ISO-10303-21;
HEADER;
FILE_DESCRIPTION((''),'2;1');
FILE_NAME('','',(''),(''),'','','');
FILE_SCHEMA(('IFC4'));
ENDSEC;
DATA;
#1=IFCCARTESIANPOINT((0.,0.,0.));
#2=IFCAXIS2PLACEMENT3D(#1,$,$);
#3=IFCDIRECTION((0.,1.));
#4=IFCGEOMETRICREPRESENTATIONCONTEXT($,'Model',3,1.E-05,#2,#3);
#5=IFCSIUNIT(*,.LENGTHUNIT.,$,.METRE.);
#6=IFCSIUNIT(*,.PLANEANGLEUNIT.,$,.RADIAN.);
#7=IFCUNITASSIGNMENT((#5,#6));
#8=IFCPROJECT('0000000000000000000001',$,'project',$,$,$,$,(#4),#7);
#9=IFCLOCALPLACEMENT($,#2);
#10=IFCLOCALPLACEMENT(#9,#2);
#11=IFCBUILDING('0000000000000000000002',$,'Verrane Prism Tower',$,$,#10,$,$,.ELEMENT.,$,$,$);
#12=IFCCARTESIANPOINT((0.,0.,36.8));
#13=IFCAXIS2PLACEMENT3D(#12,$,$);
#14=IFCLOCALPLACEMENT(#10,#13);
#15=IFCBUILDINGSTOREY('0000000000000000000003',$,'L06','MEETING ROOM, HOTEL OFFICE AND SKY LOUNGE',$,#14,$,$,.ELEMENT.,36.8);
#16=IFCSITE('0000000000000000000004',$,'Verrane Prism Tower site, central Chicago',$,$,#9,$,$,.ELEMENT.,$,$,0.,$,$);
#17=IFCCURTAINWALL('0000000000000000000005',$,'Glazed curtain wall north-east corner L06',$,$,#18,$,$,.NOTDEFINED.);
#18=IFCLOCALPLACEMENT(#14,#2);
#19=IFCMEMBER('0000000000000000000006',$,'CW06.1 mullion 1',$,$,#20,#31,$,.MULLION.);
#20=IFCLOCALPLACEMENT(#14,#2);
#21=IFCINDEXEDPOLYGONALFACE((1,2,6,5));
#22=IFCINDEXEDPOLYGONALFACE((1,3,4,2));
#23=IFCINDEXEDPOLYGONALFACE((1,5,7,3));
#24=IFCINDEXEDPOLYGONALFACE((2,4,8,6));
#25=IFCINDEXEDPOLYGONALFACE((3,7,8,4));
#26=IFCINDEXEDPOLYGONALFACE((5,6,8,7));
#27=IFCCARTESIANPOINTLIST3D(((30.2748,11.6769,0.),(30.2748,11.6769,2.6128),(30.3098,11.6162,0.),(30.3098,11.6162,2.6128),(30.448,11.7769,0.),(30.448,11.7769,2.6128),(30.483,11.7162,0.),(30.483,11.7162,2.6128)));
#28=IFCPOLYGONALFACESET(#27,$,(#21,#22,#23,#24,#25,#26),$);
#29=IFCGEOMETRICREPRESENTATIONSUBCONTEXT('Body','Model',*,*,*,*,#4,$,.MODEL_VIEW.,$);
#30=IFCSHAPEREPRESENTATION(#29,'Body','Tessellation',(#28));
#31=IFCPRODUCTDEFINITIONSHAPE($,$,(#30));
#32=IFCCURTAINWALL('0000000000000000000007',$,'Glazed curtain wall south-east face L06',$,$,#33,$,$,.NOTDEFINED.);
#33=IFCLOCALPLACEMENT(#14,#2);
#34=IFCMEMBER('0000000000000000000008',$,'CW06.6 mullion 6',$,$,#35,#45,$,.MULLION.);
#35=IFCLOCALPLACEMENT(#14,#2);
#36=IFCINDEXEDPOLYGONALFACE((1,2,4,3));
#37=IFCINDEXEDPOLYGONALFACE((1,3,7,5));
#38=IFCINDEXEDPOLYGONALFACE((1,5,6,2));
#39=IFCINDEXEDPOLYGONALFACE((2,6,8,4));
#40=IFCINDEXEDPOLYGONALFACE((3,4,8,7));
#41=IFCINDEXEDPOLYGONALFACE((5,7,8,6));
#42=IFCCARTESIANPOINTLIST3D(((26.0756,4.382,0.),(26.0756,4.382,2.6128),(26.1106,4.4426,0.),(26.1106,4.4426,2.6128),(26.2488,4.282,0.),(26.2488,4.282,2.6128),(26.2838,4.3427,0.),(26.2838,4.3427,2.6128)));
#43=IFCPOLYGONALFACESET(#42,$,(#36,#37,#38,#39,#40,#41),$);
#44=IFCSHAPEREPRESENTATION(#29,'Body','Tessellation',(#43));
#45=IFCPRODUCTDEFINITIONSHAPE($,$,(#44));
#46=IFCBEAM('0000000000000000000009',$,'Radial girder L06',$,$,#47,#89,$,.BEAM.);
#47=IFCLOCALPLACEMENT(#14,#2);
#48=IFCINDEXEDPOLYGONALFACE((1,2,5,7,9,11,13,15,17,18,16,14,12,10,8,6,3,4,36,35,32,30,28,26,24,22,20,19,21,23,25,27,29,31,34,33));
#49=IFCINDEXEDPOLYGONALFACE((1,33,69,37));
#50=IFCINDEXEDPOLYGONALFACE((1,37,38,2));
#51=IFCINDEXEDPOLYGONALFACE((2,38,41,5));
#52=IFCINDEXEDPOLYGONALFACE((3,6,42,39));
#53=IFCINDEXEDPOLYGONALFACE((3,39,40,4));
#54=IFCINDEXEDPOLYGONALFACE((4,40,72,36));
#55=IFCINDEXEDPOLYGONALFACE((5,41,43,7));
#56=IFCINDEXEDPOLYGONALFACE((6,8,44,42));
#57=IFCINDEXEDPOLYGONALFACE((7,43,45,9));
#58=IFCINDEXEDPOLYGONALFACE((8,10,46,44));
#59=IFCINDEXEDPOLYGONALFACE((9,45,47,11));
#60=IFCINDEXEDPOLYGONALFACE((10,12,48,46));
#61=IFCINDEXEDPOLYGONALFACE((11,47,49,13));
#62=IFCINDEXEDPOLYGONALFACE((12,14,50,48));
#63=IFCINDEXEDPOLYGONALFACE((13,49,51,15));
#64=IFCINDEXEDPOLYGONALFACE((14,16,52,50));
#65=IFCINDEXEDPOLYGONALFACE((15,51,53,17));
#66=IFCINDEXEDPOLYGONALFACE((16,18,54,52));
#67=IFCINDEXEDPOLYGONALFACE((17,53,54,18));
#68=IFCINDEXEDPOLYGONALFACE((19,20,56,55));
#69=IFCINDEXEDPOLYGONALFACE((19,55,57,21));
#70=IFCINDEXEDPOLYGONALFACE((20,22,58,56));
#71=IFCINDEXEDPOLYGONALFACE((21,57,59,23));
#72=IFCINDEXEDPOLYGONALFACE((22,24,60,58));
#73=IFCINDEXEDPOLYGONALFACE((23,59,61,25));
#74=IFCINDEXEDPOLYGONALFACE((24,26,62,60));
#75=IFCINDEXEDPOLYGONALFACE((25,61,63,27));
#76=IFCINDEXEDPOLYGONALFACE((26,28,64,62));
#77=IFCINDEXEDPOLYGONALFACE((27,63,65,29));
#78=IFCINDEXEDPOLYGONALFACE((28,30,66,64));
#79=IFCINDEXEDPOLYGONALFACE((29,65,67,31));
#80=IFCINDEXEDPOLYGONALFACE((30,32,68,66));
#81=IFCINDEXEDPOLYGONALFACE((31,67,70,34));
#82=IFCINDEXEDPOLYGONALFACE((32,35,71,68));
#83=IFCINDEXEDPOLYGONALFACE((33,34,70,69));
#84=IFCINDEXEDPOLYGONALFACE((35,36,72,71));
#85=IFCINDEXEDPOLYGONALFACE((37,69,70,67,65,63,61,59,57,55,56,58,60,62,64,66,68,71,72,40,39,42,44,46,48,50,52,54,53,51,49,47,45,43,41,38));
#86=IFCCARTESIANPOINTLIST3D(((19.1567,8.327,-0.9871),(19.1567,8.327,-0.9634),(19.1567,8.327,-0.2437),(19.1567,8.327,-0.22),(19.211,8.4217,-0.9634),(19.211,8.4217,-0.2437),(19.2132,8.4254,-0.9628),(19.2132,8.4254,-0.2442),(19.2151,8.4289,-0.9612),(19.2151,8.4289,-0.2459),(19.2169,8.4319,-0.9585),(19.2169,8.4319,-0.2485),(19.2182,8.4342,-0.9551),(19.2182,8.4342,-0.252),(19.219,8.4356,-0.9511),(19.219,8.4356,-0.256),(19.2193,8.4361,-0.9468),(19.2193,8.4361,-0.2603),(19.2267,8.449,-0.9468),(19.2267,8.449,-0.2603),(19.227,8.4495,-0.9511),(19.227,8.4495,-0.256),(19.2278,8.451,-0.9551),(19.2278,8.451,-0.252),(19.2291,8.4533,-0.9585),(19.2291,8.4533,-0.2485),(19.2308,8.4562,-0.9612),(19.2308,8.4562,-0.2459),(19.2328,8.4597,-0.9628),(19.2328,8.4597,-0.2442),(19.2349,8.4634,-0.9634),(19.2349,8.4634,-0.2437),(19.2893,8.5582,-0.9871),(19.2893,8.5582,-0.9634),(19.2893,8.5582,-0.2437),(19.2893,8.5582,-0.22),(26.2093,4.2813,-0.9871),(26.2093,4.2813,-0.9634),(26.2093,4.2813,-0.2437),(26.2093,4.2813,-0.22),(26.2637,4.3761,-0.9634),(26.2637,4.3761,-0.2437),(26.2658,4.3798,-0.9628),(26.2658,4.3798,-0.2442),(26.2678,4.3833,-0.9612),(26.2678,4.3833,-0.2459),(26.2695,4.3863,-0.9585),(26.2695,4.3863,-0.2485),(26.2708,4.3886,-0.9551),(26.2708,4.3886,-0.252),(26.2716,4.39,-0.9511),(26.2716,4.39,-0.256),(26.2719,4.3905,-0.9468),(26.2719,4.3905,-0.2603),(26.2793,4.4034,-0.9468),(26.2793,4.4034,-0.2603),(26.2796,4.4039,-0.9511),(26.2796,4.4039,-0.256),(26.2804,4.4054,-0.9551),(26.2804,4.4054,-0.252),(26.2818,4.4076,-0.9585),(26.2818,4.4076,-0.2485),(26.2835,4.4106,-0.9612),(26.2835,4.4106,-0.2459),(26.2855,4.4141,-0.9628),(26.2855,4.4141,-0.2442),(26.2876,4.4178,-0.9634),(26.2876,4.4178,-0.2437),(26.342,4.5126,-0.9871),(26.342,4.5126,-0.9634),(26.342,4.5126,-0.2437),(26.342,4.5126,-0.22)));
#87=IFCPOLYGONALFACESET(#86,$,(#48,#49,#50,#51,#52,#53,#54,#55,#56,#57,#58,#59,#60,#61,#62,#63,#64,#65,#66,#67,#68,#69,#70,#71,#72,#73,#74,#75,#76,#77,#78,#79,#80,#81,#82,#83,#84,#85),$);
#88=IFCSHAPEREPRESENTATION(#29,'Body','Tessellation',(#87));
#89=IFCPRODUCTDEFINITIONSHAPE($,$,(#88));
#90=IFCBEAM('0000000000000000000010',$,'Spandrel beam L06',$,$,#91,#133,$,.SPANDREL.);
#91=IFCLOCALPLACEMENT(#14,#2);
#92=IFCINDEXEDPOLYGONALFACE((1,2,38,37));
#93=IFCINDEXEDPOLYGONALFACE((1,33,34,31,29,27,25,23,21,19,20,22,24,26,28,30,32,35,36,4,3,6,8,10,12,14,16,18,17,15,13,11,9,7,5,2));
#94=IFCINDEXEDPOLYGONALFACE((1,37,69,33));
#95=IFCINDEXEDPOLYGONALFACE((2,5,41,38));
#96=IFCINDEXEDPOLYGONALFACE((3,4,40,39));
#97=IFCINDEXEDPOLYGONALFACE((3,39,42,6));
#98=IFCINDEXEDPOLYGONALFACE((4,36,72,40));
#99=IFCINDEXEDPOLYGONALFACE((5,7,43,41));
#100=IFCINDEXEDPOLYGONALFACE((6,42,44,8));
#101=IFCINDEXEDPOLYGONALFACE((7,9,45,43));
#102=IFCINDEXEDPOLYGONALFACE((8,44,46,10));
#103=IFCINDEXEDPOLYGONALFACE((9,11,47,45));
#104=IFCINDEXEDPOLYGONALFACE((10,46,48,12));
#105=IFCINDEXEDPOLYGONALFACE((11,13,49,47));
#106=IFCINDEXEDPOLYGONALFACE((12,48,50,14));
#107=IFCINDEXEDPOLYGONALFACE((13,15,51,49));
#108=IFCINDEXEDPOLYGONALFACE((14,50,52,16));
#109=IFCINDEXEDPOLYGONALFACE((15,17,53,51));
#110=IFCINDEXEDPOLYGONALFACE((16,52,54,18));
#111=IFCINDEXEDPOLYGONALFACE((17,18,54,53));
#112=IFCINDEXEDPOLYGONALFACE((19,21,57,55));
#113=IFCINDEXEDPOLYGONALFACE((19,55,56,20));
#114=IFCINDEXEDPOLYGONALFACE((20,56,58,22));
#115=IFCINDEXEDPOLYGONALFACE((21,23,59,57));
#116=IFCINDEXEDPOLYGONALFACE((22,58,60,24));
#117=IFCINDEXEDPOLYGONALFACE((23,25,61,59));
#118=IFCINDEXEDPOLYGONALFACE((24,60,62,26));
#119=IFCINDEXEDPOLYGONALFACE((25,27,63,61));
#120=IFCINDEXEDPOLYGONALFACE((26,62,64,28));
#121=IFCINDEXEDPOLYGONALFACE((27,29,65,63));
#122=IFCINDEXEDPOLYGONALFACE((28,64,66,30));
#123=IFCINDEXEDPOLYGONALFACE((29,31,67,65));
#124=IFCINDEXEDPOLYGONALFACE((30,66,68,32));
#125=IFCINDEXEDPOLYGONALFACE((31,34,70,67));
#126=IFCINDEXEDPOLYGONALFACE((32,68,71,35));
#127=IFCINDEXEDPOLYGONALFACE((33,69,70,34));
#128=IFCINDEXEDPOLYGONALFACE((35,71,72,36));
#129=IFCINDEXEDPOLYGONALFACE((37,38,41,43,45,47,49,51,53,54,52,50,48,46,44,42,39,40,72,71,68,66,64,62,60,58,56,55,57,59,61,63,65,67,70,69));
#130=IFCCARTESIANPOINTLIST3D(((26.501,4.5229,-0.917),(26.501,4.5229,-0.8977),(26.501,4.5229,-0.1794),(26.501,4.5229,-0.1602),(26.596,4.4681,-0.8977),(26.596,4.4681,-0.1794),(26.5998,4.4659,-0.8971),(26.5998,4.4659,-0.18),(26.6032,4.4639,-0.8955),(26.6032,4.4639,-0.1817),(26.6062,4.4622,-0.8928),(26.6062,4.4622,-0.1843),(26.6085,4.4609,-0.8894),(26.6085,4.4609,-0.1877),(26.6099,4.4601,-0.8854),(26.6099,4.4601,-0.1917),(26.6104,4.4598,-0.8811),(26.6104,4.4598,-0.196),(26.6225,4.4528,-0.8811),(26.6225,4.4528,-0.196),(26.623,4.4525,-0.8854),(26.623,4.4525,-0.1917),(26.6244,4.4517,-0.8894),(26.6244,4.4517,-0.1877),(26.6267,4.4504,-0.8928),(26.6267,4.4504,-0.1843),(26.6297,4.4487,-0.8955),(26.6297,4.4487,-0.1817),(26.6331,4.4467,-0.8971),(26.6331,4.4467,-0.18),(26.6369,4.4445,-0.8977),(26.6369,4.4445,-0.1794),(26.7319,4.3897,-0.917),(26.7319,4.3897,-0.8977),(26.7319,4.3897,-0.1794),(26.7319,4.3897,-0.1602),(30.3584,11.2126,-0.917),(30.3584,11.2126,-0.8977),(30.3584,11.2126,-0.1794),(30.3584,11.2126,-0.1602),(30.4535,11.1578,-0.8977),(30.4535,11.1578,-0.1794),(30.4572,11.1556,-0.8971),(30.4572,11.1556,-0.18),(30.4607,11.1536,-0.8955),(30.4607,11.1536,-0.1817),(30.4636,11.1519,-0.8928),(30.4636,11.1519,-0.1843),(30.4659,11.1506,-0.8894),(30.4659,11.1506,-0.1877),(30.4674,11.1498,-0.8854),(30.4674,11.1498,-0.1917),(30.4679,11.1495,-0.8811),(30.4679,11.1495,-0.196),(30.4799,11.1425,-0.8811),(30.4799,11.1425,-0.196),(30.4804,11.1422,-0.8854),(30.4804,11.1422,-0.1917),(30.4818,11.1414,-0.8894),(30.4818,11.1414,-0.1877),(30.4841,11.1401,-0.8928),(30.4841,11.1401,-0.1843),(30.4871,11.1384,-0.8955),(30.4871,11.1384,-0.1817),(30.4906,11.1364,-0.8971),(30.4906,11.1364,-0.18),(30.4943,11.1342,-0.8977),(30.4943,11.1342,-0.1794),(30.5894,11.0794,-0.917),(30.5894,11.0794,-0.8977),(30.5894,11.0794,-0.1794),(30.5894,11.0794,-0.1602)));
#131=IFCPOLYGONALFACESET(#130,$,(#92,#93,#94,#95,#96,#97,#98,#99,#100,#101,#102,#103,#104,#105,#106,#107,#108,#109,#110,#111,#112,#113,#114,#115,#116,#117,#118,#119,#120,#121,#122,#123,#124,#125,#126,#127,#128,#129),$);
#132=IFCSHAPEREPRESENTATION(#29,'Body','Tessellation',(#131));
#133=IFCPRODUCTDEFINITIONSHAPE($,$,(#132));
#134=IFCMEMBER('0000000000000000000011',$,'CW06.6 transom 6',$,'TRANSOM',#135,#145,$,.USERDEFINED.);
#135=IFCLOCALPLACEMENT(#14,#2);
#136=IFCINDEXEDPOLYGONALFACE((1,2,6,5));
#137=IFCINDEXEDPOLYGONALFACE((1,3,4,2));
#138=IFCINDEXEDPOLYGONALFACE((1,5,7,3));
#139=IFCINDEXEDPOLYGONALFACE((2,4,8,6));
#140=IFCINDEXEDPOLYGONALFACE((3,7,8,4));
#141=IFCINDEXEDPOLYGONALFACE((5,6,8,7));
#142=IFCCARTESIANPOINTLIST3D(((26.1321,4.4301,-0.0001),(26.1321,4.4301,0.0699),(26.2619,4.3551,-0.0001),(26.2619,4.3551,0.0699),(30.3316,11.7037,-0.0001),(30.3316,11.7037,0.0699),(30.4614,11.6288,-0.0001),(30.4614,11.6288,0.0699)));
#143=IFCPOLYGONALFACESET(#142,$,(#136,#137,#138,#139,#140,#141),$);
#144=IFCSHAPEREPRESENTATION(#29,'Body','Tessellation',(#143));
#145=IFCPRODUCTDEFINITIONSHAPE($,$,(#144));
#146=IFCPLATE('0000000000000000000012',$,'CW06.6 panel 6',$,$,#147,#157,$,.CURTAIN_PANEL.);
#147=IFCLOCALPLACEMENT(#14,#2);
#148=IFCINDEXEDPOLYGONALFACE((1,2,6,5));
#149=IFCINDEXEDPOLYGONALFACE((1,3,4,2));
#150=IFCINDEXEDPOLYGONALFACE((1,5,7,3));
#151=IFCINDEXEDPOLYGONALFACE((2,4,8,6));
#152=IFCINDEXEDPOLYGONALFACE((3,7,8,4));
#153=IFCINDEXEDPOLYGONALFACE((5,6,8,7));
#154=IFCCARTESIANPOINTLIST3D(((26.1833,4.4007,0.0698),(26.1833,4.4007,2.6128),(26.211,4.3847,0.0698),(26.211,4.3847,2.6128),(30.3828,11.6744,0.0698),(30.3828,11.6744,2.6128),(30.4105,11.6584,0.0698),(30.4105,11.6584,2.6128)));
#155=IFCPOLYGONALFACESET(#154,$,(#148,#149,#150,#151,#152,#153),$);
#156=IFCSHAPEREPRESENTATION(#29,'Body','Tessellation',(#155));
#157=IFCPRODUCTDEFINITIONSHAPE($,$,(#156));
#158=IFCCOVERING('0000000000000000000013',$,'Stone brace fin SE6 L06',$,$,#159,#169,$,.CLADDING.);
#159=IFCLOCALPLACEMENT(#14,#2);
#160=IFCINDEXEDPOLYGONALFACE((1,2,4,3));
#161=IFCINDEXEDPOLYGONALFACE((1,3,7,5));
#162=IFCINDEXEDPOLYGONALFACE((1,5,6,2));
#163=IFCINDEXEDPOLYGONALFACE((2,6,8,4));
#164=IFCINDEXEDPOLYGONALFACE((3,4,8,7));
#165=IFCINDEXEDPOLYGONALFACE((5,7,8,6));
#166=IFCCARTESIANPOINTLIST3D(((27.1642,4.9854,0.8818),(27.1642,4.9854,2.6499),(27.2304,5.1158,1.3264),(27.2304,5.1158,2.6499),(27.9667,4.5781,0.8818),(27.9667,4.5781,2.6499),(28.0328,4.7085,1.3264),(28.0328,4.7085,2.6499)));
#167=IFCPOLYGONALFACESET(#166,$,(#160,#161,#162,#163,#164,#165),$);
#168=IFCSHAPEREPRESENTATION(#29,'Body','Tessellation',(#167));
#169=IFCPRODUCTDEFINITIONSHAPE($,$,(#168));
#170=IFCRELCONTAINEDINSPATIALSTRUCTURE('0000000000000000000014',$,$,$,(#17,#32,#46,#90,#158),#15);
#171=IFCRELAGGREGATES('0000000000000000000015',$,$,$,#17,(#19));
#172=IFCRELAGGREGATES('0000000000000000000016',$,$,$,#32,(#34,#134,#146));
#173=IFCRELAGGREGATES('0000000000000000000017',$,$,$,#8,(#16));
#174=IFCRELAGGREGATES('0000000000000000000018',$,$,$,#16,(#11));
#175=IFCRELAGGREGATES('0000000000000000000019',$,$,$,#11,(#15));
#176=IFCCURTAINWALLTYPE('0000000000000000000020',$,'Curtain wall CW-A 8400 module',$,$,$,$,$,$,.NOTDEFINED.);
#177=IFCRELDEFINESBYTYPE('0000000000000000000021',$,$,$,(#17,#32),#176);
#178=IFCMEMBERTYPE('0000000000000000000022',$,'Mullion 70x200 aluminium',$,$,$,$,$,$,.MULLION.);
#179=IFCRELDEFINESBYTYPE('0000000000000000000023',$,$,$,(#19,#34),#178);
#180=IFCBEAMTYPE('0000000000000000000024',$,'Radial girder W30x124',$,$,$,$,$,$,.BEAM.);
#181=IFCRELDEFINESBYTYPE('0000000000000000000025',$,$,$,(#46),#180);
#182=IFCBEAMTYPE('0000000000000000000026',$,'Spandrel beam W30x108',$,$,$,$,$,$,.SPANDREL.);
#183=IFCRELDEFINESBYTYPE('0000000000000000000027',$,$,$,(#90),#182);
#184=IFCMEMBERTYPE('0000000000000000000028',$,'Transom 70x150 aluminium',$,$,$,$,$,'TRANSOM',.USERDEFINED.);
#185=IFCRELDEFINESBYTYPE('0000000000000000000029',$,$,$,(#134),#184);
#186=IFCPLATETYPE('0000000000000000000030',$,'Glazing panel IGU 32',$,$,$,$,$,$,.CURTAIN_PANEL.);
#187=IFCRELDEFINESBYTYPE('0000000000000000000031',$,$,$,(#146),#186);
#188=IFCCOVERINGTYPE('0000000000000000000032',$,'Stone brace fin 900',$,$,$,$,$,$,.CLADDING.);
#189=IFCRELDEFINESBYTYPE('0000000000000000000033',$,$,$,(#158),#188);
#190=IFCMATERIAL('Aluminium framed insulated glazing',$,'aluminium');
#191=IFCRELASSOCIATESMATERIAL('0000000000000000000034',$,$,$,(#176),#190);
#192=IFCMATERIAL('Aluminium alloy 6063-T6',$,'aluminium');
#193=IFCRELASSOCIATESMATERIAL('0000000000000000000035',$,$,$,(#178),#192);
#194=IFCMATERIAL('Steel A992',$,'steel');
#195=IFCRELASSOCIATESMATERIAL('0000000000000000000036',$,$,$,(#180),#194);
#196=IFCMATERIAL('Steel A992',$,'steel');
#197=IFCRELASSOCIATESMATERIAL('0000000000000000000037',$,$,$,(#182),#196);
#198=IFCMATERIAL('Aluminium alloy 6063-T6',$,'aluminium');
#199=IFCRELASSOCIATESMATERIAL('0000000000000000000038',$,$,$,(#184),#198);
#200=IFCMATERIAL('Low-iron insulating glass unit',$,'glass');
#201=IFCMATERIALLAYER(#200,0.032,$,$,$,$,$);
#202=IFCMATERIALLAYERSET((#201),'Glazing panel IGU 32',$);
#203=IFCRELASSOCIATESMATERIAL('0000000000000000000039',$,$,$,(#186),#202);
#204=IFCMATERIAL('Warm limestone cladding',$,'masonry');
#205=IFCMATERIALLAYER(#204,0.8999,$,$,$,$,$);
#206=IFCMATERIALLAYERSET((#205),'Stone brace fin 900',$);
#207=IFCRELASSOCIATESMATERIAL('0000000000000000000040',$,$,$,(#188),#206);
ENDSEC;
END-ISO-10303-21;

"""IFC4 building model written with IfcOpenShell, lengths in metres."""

from ifc_helpers import new_model, si_unit, direction, frame, origin, origin_2d, place, context, subcontext, project, spatial, polyline, rectangle, i_section, outline, extrude, material, layer, layer_set, material_profile, profile_set, type_object, element, aggregate, save


model = new_model("IFC4")

# Units and contexts
model_context = context("Model", 3, precision=1e-05, world=origin(), true_north=direction((0.0, 1.0)))
body_context = subcontext(model_context, "Body", "Model", "MODEL_VIEW")
ifc_project = project(units=[si_unit("LENGTHUNIT", "METRE"), si_unit("PLANEANGLEUNIT", "RADIAN")], contexts=[model_context])

# Site, building, storey
site_placement = place(None, origin())
site = spatial("IfcSite", under=ifc_project, at=site_placement, Name="Verrane Prism Tower site, central Chicago", CompositionType="ELEMENT", RefElevation=0.0)
building_placement = place(site_placement, origin())
building = spatial("IfcBuilding", under=site, at=building_placement, Name="Verrane Prism Tower", CompositionType="ELEMENT")
storey_placement = place(building_placement, frame((0.0, 0.0, 36.8)))
storey = spatial("IfcBuildingStorey", under=building, at=storey_placement, Name="L06", Description="MEETING ROOM, HOTEL OFFICE AND SKY LOUNGE", CompositionType="ELEMENT", Elevation=36.8)

# Curtain walls, members
ifc_material_1 = material(Name="Aluminium framed insulated glazing", Category="aluminium")
curtain_wall_type = type_object("IfcCurtainWallType", Name="Curtain wall CW-A 8400 module", PredefinedType="NOTDEFINED", material=ifc_material_1)
curtain_wall_1_placement = place(storey_placement, origin())
curtain_wall_1 = element("IfcCurtainWall", 1, at=curtain_wall_1_placement, inside=storey, type_object=curtain_wall_type, Name="Glazed curtain wall north-east corner L06", PredefinedType="NOTDEFINED")
ifc_material_2 = material(Name="Aluminium alloy 6063-T6", Category="aluminium")
ifc_material_profile_1 = material_profile(ifc_material_2, rectangle(XDim=0.2, YDim=0.0701, at=origin_2d()), Name="Mullion 70x200 aluminium")
ifc_profile_set_1 = profile_set([ifc_material_profile_1], Name="Aluminium alloy 6063-T6")
member_type_1 = type_object("IfcMemberType", Name="Mullion 70x200 aluminium", PredefinedType="MULLION", material=ifc_profile_set_1)
member_1_placement = place(storey_placement, frame((30.3789, 11.6965, 0.0), z_axis=(0.0, 0.0, 1.0), x_axis=(-0.866027, -0.499997, 0.0)))
member_1 = element("IfcMember", 2, at=member_1_placement, type_object=member_type_1, Name="CW06.1 mullion 1", PredefinedType="MULLION", context=body_context, shape_type="SweptSolid", body=[
    extrude(rectangle(XDim=0.2, YDim=0.0701, at=origin_2d()), origin(), (0.0, 0.0, 1.0), 2.6128),
])
aggregate(curtain_wall_1, [member_1])
curtain_wall_2_placement = place(storey_placement, origin())
curtain_wall_2 = element("IfcCurtainWall", 3, at=curtain_wall_2_placement, inside=storey, type_object=curtain_wall_type, Name="Glazed curtain wall south-east face L06", PredefinedType="NOTDEFINED")
member_2_placement = place(storey_placement, frame((26.1797, 4.3623, 0.0), z_axis=(0.0, 0.0, 1.0), x_axis=(-0.866025, 0.5, 0.0)))
member_2 = element("IfcMember", 4, at=member_2_placement, type_object=member_type_1, Name="CW06.6 mullion 6", PredefinedType="MULLION", context=body_context, shape_type="SweptSolid", body=[
    extrude(rectangle(XDim=0.2, YDim=0.0701, at=origin_2d()), origin(), (0.0, 0.0, 1.0), 2.6128),
])

# Beams
ifc_material_3 = material(Name="Steel A992", Category="steel")
ifc_material_profile_2 = material_profile(ifc_material_3, i_section(OverallWidth=0.2666, OverallDepth=0.7671, WebThickness=0.0149, FlangeThickness=0.0237, FilletRadius=0.0166, at=origin_2d()), Name="W30x124")
ifc_profile_set_2 = profile_set([ifc_material_profile_2], Name="Steel A992")
beam_type_1 = type_object("IfcBeamType", Name="Radial girder W30x124", PredefinedType="BEAM", material=ifc_profile_set_2)
beam_1_placement = place(storey_placement, frame((26.2756, 4.397, -0.6035), z_axis=(-0.86742, 0.497577, 0.0), x_axis=(-0.497577, -0.86742, 0.0)))
element("IfcBeam", 5, at=beam_1_placement, inside=storey, type_object=beam_type_1, Name="Radial girder L06", PredefinedType="BEAM", context=body_context, shape_type="SweptSolid", body=[
    extrude(i_section(OverallWidth=0.2666, OverallDepth=0.7671, WebThickness=0.0149, FlangeThickness=0.0237, FilletRadius=0.0166, at=origin_2d()), origin(), (0.0, 0.0, 1.0), 8.1306),
])
ifc_material_4 = material(Name="Steel A992", Category="steel")
ifc_material_profile_3 = material_profile(ifc_material_4, i_section(OverallWidth=0.2666, OverallDepth=0.7568, WebThickness=0.0139, FlangeThickness=0.0193, FilletRadius=0.0166, at=origin_2d()), Name="W30x108")
ifc_profile_set_3 = profile_set([ifc_material_profile_3], Name="Steel A992")
beam_type_2 = type_object("IfcBeamType", Name="Spandrel beam W30x108", PredefinedType="SPANDREL", material=ifc_profile_set_3)
beam_2_placement = place(storey_placement, frame((26.6165, 4.4563, -0.5386), z_axis=(0.499526, 0.866299, 0.0), x_axis=(-0.866299, 0.499526, 0.0)))
element("IfcBeam", 6, at=beam_2_placement, inside=storey, type_object=beam_type_2, Name="Spandrel beam L06", PredefinedType="SPANDREL", context=body_context, shape_type="SweptSolid", body=[
    extrude(i_section(OverallWidth=0.2666, OverallDepth=0.7568, WebThickness=0.0139, FlangeThickness=0.0193, FilletRadius=0.0166, at=origin_2d()), origin(), (0.0, 0.0, 1.0), 7.7222),
])

# Member
ifc_material_5 = material(Name="Aluminium alloy 6063-T6", Category="aluminium")
ifc_material_profile_4 = material_profile(ifc_material_5, rectangle(XDim=0.1499, YDim=0.0701, at=origin_2d()), Name="Transom 70x150 aluminium")
ifc_profile_set_4 = profile_set([ifc_material_profile_4], Name="Aluminium alloy 6063-T6")
member_type_2 = type_object("IfcMemberType", Name="Transom 70x150 aluminium", ElementType="TRANSOM", PredefinedType="USERDEFINED", material=ifc_profile_set_4)
member_3_placement = place(storey_placement, frame((26.197, 4.3926, 0.0349), z_axis=(0.5, 0.866025, 0.0), x_axis=(-0.866025, 0.5, 0.0)))
member_3 = element("IfcMember", 7, at=member_3_placement, type_object=member_type_2, Name="CW06.6 transom 6", ObjectType="TRANSOM", PredefinedType="USERDEFINED", context=body_context, shape_type="SweptSolid", body=[
    extrude(rectangle(XDim=0.1499, YDim=0.0701, at=origin_2d()), origin(), (0.0, 0.0, 1.0), 8.3989),
])

# Plate
ifc_material_6 = material(Name="Low-iron insulating glass unit", Category="glass")
ifc_layer_1 = layer(ifc_material_6, 0.032)
ifc_layer_set_1 = layer_set([ifc_layer_1], Name="Glazing panel IGU 32")
plate_type = type_object("IfcPlateType", Name="Glazing panel IGU 32", PredefinedType="CURTAIN_PANEL", material=ifc_layer_set_1)
plate_placement = place(storey_placement, frame((28.2969, 8.0295, 0.0698), z_axis=(0.0, 0.0, 1.0), x_axis=(0.5, 0.866025, 0.0)))
plate = element("IfcPlate", 8, at=plate_placement, type_object=plate_type, Name="CW06.6 panel 6", PredefinedType="CURTAIN_PANEL", context=body_context, shape_type="SweptSolid", body=[
    extrude(rectangle(XDim=8.3989, YDim=0.032, at=origin_2d()), origin(), (0.0, 0.0, 1.0), 2.543),
])
aggregate(curtain_wall_2, [member_2, member_3, plate])

# Covering
ifc_material_7 = material(Name="Warm limestone cladding", Category="masonry")
ifc_layer_2 = layer(ifc_material_7, 0.8999)
ifc_layer_set_2 = layer_set([ifc_layer_2], Name="Stone brace fin 900")
covering_type = type_object("IfcCoveringType", Name="Stone brace fin 900", PredefinedType="CLADDING", material=ifc_layer_set_2)
covering_placement = place(storey_placement, frame((27.5654, 4.7817, 0.8818), z_axis=(0.0, 0.0, 1.0), x_axis=(0.452549, 0.891739, 0.0)))
element("IfcCovering", 9, at=covering_placement, inside=storey, type_object=covering_type, Name="Stone brace fin SE6 L06", PredefinedType="CLADDING", context=body_context, shape_type="SweptSolid", body=[
    extrude(outline(polyline([(0.1462, 1.7681), (0.0, 1.7681), (0.0, 0.0), (0.1462, 0.4446), (0.1462, 1.7681)])), frame((0.0, 0.45, 0.0), z_axis=(0.0, -1.0, 0.0), x_axis=(1.0, 0.0, 0.0)), (0.0, 0.0, 1.0), 0.8999),
])

save(model, "model.ifc")
